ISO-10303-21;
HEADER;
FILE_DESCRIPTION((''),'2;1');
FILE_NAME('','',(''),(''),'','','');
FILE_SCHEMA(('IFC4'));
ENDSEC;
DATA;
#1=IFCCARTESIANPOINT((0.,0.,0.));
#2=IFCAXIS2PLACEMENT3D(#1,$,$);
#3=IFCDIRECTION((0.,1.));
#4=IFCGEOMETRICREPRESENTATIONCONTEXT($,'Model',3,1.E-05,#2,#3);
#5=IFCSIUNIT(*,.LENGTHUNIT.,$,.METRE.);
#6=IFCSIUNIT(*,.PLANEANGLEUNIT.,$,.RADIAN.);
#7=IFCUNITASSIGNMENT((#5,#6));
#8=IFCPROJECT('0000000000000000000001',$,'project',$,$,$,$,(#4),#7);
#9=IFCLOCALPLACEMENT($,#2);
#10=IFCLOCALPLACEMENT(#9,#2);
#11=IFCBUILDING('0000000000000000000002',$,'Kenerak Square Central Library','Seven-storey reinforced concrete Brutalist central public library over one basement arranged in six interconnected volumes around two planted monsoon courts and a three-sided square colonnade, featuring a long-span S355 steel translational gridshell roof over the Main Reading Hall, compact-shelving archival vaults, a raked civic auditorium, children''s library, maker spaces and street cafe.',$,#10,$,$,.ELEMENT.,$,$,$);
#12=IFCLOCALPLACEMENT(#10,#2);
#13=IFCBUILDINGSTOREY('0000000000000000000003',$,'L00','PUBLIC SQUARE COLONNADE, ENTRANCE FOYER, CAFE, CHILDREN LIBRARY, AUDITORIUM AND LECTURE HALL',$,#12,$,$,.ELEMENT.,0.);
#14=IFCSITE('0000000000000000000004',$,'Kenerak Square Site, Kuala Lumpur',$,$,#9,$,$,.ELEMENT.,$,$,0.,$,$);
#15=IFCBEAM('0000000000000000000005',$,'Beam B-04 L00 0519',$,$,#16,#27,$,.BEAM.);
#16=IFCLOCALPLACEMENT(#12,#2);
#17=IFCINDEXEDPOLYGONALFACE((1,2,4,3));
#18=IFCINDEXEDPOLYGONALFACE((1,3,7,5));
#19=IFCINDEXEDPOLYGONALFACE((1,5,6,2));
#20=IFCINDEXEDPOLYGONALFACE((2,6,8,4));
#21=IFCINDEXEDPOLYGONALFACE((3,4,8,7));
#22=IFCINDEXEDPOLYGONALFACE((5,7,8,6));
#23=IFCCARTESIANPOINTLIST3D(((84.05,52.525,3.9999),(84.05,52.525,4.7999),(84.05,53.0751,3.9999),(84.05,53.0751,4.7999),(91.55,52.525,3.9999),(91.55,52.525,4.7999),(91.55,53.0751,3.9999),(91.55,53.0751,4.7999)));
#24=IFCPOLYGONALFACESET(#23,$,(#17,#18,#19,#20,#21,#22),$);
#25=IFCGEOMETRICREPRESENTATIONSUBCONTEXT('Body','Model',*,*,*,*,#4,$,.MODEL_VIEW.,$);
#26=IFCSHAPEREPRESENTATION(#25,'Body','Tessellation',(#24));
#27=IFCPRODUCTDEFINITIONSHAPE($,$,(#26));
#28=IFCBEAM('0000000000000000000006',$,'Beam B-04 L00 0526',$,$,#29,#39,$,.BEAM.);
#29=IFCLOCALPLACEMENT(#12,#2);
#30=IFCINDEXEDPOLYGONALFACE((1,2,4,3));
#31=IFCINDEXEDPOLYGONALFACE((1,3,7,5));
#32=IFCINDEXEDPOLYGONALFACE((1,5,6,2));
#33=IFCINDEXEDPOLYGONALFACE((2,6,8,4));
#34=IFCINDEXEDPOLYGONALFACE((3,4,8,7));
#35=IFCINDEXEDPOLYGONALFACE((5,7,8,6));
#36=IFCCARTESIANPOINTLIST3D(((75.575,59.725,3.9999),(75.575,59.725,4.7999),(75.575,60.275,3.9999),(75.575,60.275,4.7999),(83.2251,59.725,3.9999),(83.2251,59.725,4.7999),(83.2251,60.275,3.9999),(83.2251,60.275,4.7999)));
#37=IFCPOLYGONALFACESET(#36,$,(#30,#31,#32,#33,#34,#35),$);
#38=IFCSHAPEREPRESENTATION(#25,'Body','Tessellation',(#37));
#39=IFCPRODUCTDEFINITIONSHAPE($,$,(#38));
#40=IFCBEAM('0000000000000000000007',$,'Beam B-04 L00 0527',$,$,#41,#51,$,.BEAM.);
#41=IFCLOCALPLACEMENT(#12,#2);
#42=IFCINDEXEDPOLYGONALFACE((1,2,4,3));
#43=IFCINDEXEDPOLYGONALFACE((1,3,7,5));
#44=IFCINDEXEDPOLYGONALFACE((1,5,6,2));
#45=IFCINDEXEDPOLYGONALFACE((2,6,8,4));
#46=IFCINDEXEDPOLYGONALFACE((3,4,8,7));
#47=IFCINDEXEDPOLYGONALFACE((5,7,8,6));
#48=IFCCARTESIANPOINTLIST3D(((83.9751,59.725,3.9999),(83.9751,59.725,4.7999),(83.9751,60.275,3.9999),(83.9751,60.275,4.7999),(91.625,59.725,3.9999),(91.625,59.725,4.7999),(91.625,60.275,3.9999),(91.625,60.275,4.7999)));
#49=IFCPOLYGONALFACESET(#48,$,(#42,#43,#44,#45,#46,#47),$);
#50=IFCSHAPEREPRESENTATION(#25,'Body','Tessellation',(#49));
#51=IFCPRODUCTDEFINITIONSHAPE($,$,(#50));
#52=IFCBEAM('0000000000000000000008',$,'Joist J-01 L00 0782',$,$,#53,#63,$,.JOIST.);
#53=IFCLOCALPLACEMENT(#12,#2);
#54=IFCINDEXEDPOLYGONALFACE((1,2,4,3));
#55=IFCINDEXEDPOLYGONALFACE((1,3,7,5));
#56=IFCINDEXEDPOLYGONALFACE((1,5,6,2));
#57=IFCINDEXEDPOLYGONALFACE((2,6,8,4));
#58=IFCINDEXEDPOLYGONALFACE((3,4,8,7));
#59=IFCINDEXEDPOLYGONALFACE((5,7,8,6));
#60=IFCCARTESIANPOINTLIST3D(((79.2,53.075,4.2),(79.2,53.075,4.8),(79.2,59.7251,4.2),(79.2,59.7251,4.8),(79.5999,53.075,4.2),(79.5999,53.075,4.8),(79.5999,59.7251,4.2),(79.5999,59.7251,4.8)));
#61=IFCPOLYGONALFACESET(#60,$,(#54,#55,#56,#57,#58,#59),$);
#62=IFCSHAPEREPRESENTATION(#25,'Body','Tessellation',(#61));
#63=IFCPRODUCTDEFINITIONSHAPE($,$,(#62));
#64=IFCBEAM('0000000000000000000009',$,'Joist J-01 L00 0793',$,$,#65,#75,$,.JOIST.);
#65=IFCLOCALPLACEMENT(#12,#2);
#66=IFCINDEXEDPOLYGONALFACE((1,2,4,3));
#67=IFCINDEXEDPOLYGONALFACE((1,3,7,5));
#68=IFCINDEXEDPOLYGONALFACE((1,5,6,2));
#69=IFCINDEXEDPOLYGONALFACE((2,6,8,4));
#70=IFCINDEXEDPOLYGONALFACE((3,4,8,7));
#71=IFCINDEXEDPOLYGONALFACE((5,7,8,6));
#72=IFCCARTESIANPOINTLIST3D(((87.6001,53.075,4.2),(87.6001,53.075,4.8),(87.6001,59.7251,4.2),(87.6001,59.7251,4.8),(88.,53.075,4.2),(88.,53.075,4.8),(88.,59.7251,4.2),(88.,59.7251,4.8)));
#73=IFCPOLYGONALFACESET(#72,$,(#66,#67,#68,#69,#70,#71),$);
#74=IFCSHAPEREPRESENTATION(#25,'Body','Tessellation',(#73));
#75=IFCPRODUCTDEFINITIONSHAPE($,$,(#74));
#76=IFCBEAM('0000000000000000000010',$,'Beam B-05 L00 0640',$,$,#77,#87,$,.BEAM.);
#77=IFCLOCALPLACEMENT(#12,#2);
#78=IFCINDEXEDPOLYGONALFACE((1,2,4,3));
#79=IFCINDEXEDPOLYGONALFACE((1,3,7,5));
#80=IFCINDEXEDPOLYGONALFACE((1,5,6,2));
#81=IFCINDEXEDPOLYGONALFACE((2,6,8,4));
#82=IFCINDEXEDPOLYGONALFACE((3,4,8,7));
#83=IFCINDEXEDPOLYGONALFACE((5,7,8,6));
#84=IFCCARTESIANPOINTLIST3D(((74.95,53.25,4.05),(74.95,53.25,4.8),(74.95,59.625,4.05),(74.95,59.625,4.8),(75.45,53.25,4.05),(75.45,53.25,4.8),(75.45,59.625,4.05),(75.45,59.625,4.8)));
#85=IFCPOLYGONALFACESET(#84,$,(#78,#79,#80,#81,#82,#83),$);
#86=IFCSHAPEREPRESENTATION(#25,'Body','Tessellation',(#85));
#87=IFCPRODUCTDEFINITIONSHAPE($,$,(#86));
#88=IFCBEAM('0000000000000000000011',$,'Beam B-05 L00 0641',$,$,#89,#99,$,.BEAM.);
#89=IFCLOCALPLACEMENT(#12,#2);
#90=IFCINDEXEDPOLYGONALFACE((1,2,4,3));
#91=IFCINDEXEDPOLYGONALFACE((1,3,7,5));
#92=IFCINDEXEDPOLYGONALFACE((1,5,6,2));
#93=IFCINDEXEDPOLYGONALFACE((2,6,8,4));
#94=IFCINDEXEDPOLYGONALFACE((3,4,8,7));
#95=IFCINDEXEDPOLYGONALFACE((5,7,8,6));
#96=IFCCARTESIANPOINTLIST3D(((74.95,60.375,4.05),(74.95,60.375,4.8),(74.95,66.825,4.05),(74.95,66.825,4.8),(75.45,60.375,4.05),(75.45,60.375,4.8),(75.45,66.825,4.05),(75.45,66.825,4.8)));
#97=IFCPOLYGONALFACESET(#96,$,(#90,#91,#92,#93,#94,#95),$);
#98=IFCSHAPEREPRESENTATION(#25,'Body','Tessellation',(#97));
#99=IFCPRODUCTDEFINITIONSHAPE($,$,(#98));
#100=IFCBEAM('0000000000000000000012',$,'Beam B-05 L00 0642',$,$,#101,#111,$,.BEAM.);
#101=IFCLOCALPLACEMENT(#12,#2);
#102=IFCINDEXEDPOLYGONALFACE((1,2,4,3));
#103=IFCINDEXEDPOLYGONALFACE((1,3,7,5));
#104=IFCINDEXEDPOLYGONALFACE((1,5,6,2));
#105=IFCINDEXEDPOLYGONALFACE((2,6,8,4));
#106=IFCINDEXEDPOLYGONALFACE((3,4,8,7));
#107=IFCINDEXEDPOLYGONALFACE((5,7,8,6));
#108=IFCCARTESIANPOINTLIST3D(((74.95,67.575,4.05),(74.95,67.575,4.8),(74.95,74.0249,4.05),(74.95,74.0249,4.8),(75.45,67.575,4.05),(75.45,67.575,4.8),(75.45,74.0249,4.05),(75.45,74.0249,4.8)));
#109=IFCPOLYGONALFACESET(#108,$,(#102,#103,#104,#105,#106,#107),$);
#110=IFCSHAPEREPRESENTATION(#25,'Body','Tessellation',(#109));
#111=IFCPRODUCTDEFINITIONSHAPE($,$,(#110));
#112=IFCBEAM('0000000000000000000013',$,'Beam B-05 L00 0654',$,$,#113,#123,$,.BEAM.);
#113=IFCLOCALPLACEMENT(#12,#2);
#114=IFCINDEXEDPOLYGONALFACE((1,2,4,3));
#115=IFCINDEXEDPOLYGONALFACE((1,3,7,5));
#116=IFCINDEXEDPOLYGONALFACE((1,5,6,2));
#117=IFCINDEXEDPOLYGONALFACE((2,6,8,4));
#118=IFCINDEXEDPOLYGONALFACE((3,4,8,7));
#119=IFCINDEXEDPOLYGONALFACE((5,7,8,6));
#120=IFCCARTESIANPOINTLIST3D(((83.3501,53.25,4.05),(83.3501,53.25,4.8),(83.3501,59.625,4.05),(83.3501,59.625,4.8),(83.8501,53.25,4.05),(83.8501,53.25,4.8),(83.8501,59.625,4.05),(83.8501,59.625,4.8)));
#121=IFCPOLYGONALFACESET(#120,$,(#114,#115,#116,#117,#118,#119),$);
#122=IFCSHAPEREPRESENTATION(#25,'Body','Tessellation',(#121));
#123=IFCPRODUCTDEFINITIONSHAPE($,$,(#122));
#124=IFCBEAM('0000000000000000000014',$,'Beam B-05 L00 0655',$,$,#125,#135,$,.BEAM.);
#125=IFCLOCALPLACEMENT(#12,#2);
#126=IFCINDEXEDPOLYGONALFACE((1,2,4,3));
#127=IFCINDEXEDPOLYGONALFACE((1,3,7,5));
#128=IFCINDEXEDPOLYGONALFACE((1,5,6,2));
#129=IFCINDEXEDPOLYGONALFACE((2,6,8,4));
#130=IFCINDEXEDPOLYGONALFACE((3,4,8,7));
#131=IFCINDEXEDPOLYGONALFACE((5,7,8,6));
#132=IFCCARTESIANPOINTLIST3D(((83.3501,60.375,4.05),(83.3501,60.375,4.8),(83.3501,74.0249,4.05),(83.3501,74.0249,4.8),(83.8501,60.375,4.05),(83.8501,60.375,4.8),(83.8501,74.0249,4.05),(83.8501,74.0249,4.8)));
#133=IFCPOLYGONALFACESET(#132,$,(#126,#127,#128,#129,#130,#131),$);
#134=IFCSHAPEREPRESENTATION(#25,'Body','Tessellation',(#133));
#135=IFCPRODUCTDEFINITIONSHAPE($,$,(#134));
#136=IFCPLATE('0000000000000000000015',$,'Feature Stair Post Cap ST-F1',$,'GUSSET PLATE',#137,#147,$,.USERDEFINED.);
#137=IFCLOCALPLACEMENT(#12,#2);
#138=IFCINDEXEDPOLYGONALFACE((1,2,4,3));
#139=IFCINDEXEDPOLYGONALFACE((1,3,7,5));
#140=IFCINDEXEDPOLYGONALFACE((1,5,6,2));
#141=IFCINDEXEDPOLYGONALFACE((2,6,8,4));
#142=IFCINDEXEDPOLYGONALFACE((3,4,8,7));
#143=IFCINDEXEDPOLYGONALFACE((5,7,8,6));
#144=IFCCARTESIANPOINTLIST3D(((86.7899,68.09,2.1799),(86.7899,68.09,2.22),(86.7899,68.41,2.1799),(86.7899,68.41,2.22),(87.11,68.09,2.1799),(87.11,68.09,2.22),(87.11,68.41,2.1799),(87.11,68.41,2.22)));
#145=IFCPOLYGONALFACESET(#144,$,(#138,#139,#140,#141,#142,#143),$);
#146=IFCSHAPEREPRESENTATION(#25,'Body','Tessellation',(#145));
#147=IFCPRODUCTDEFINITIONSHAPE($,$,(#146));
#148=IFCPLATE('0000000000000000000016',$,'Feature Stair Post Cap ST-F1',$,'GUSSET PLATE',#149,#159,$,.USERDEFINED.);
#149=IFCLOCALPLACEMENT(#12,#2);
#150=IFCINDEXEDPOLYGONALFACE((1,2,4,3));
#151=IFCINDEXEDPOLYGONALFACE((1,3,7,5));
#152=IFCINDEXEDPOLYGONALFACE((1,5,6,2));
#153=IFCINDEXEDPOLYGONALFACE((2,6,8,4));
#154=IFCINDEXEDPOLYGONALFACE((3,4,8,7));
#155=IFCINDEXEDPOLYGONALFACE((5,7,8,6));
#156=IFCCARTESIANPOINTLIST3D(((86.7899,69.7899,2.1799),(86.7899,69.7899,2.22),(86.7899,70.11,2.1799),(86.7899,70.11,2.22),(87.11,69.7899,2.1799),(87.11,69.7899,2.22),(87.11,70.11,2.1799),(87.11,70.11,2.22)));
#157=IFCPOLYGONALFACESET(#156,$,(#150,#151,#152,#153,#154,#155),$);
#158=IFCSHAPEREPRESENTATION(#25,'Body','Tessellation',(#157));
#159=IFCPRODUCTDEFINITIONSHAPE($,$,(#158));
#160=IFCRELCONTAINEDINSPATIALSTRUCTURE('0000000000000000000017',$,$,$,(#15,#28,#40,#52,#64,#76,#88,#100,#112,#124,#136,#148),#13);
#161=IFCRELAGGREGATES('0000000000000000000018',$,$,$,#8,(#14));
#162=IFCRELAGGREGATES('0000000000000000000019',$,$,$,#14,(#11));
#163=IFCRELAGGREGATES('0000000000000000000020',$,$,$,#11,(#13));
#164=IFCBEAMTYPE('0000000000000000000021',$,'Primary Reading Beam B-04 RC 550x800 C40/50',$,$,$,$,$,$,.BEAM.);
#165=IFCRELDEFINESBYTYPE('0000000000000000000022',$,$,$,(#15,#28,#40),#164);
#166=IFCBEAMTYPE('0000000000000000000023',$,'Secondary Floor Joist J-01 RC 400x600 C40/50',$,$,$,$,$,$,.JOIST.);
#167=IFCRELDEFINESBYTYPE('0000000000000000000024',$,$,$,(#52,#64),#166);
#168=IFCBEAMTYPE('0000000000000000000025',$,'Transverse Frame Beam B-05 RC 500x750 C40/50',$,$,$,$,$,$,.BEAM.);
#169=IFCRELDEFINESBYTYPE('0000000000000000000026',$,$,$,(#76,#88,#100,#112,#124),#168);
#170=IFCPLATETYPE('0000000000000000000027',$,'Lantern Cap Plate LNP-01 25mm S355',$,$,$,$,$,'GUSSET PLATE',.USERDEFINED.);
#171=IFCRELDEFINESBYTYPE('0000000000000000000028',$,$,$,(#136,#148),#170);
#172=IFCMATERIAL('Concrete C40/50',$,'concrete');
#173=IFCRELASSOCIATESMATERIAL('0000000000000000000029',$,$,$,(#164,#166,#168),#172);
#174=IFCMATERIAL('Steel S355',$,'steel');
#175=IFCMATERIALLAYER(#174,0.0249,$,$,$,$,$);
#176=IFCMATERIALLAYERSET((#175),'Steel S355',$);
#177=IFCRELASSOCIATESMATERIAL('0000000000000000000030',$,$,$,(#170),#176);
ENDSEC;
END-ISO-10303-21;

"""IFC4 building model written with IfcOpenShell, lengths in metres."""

from ifc_helpers import new_model, si_unit, direction, frame, origin, origin_2d, place, context, subcontext, project, spatial, rectangle, extrude, material, layer, layer_set, material_profile, profile_set, type_object, element, save


model = new_model("IFC4")

# Units and contexts
model_context = context("Model", 3, precision=1e-05, world=origin(), true_north=direction((0.0, 1.0)))
body_context = subcontext(model_context, "Body", "Model", "MODEL_VIEW")
ifc_project = project(units=[si_unit("LENGTHUNIT", "METRE"), si_unit("PLANEANGLEUNIT", "RADIAN")], contexts=[model_context])

# Site, building, storey
site_placement = place(None, origin())
site = spatial("IfcSite", under=ifc_project, at=site_placement, Name="Kenerak Square Site, Kuala Lumpur", CompositionType="ELEMENT", RefElevation=0.0)
building_placement = place(site_placement, origin())
building = spatial("IfcBuilding", under=site, at=building_placement, Name="Kenerak Square Central Library", Description="Seven-storey reinforced concrete Brutalist central public library over one basement arranged in six interconnected volumes around two planted monsoon courts and a three-sided square colonnade, featuring a long-span S355 steel translational gridshell roof over the Main Reading Hall, compact-shelving archival vaults, a raked civic auditorium, children's library, maker spaces and street cafe.", CompositionType="ELEMENT")
storey_placement = place(building_placement, origin())
storey = spatial("IfcBuildingStorey", under=building, at=storey_placement, Name="L00", Description="PUBLIC SQUARE COLONNADE, ENTRANCE FOYER, CAFE, CHILDREN LIBRARY, AUDITORIUM AND LECTURE HALL", CompositionType="ELEMENT", Elevation=0.0)

# Shared definitions
ifc_material_1 = material(Name="Concrete C40/50", Category="concrete")
ifc_material_2 = material(Name="Steel S355", Category="steel")

# Beams
ifc_material_profile_1 = material_profile(ifc_material_1, rectangle(XDim=0.55, YDim=0.8, at=origin_2d()), Name="RC 550x800")
ifc_profile_set_1 = profile_set([ifc_material_profile_1], Name="Concrete C40/50")
beam_type_1 = type_object("IfcBeamType", Name="Primary Reading Beam B-04 RC 550x800 C40/50", PredefinedType="BEAM", material=ifc_profile_set_1)
for number, where, z_axis, x_axis, name in (
    (1, (84.05, 52.8, 4.3999), (1.0, 0.0, 0.0), (0.0, 1.0, 0.0), "Beam B-04 L00 0519"),
):
    element("IfcBeam", number, at=place(storey_placement, frame(where, z_axis=z_axis, x_axis=x_axis)), inside=storey, type_object=beam_type_1, Name=name, PredefinedType="BEAM", context=body_context, shape_type="SweptSolid", body=[
        extrude(rectangle(XDim=0.55, YDim=0.8, at=origin_2d()), origin(), (0.0, 0.0, 1.0), 7.5),
    ])
beam_1_placement = place(storey_placement, frame((75.575, 60.0, 4.3999), z_axis=(1.0, 0.0, 0.0), x_axis=(0.0, 1.0, 0.0)))
element("IfcBeam", 2, at=beam_1_placement, inside=storey, type_object=beam_type_1, Name="Beam B-04 L00 0526", PredefinedType="BEAM", context=body_context, shape_type="SweptSolid", body=[
    extrude(rectangle(XDim=0.55, YDim=0.8, at=origin_2d()), origin(), (0.0, 0.0, 1.0), 7.6501),
])
beam_2_placement = place(storey_placement, frame((83.9751, 60.0, 4.3999), z_axis=(1.0, 0.0, 0.0), x_axis=(0.0, 1.0, 0.0)))
element("IfcBeam", 3, at=beam_2_placement, inside=storey, type_object=beam_type_1, Name="Beam B-04 L00 0527", PredefinedType="BEAM", context=body_context, shape_type="SweptSolid", body=[
    extrude(rectangle(XDim=0.55, YDim=0.8, at=origin_2d()), origin(), (0.0, 0.0, 1.0), 7.6499),
])
ifc_material_profile_2 = material_profile(ifc_material_1, rectangle(XDim=0.3999, YDim=0.6001, at=origin_2d()), Name="RC 400x600")
ifc_profile_set_2 = profile_set([ifc_material_profile_2], Name="Concrete C40/50")
beam_type_2 = type_object("IfcBeamType", Name="Secondary Floor Joist J-01 RC 400x600 C40/50", PredefinedType="JOIST", material=ifc_profile_set_2)
for number, where, z_axis, x_axis, name in (
    (4, (79.3999, 53.075, 4.5), (0.0, 1.0, 0.0), (-1.0, 0.0, 0.0), "Joist J-01 L00 0782"),
    (5, (87.8, 53.075, 4.5), (0.0, 1.0, 0.0), (-1.0, 0.0, 0.0), "Joist J-01 L00 0793"),
):
    element("IfcBeam", number, at=place(storey_placement, frame(where, z_axis=z_axis, x_axis=x_axis)), inside=storey, type_object=beam_type_2, Name=name, PredefinedType="JOIST", context=body_context, shape_type="SweptSolid", body=[
        extrude(rectangle(XDim=0.3999, YDim=0.6001, at=origin_2d()), origin(), (0.0, 0.0, 1.0), 6.6501),
    ])
ifc_material_profile_3 = material_profile(ifc_material_1, rectangle(XDim=0.5, YDim=0.75, at=origin_2d()), Name="RC 500x750")
ifc_profile_set_3 = profile_set([ifc_material_profile_3], Name="Concrete C40/50")
beam_type_3 = type_object("IfcBeamType", Name="Transverse Frame Beam B-05 RC 500x750 C40/50", PredefinedType="BEAM", material=ifc_profile_set_3)
beam_3_placement = place(storey_placement, frame((75.2, 53.25, 4.425), z_axis=(0.0, 1.0, 0.0), x_axis=(-1.0, 0.0, 0.0)))
element("IfcBeam", 6, at=beam_3_placement, inside=storey, type_object=beam_type_3, Name="Beam B-05 L00 0640", PredefinedType="BEAM", context=body_context, shape_type="SweptSolid", body=[
    extrude(rectangle(XDim=0.5, YDim=0.75, at=origin_2d()), origin(), (0.0, 0.0, 1.0), 6.375),
])
for number, where, z_axis, x_axis, name in (
    (7, (75.2, 60.375, 4.425), (0.0, 1.0, 0.0), (-1.0, 0.0, 0.0), "Beam B-05 L00 0641"),
    (8, (75.2, 67.575, 4.425), (0.0, 1.0, 0.0), (-1.0, 0.0, 0.0), "Beam B-05 L00 0642"),
):
    element("IfcBeam", number, at=place(storey_placement, frame(where, z_axis=z_axis, x_axis=x_axis)), inside=storey, type_object=beam_type_3, Name=name, PredefinedType="BEAM", context=body_context, shape_type="SweptSolid", body=[
        extrude(rectangle(XDim=0.5, YDim=0.75, at=origin_2d()), origin(), (0.0, 0.0, 1.0), 6.45),
    ])
beam_4_placement = place(storey_placement, frame((83.6001, 53.25, 4.425), z_axis=(0.0, 1.0, 0.0), x_axis=(-1.0, 0.0, 0.0)))
element("IfcBeam", 9, at=beam_4_placement, inside=storey, type_object=beam_type_3, Name="Beam B-05 L00 0654", PredefinedType="BEAM", context=body_context, shape_type="SweptSolid", body=[
    extrude(rectangle(XDim=0.5, YDim=0.75, at=origin_2d()), origin(), (0.0, 0.0, 1.0), 6.375),
])
beam_5_placement = place(storey_placement, frame((83.6001, 60.375, 4.425), z_axis=(0.0, 1.0, 0.0), x_axis=(-1.0, 0.0, 0.0)))
element("IfcBeam", 10, at=beam_5_placement, inside=storey, type_object=beam_type_3, Name="Beam B-05 L00 0655", PredefinedType="BEAM", context=body_context, shape_type="SweptSolid", body=[
    extrude(rectangle(XDim=0.5, YDim=0.75, at=origin_2d()), origin(), (0.0, 0.0, 1.0), 13.6499),
])

# Plates
ifc_layer = layer(ifc_material_2, 0.0249)
ifc_layer_set = layer_set([ifc_layer], Name="Steel S355")
plate_type = type_object("IfcPlateType", Name="Lantern Cap Plate LNP-01 25mm S355", ElementType="GUSSET PLATE", PredefinedType="USERDEFINED", material=ifc_layer_set)
for number, where, z_axis, x_axis, name in (
    (11, (86.95, 68.25, 2.1799), (0.0, 0.0, 1.0), (1.0, 0.0, 0.0), "Feature Stair Post Cap ST-F1"),
    (12, (86.95, 69.95, 2.1799), (0.0, 0.0, 1.0), (1.0, 0.0, 0.0), "Feature Stair Post Cap ST-F1"),
):
    element("IfcPlate", number, at=place(storey_placement, frame(where, z_axis=z_axis, x_axis=x_axis)), inside=storey, type_object=plate_type, Name=name, ObjectType="GUSSET PLATE", PredefinedType="USERDEFINED", context=body_context, shape_type="SweptSolid", body=[
        extrude(rectangle(XDim=0.3201, YDim=0.3201, at=origin_2d()), origin(), (0.0, 0.0, 1.0), 0.04),
    ])

save(model, "model.ifc")
